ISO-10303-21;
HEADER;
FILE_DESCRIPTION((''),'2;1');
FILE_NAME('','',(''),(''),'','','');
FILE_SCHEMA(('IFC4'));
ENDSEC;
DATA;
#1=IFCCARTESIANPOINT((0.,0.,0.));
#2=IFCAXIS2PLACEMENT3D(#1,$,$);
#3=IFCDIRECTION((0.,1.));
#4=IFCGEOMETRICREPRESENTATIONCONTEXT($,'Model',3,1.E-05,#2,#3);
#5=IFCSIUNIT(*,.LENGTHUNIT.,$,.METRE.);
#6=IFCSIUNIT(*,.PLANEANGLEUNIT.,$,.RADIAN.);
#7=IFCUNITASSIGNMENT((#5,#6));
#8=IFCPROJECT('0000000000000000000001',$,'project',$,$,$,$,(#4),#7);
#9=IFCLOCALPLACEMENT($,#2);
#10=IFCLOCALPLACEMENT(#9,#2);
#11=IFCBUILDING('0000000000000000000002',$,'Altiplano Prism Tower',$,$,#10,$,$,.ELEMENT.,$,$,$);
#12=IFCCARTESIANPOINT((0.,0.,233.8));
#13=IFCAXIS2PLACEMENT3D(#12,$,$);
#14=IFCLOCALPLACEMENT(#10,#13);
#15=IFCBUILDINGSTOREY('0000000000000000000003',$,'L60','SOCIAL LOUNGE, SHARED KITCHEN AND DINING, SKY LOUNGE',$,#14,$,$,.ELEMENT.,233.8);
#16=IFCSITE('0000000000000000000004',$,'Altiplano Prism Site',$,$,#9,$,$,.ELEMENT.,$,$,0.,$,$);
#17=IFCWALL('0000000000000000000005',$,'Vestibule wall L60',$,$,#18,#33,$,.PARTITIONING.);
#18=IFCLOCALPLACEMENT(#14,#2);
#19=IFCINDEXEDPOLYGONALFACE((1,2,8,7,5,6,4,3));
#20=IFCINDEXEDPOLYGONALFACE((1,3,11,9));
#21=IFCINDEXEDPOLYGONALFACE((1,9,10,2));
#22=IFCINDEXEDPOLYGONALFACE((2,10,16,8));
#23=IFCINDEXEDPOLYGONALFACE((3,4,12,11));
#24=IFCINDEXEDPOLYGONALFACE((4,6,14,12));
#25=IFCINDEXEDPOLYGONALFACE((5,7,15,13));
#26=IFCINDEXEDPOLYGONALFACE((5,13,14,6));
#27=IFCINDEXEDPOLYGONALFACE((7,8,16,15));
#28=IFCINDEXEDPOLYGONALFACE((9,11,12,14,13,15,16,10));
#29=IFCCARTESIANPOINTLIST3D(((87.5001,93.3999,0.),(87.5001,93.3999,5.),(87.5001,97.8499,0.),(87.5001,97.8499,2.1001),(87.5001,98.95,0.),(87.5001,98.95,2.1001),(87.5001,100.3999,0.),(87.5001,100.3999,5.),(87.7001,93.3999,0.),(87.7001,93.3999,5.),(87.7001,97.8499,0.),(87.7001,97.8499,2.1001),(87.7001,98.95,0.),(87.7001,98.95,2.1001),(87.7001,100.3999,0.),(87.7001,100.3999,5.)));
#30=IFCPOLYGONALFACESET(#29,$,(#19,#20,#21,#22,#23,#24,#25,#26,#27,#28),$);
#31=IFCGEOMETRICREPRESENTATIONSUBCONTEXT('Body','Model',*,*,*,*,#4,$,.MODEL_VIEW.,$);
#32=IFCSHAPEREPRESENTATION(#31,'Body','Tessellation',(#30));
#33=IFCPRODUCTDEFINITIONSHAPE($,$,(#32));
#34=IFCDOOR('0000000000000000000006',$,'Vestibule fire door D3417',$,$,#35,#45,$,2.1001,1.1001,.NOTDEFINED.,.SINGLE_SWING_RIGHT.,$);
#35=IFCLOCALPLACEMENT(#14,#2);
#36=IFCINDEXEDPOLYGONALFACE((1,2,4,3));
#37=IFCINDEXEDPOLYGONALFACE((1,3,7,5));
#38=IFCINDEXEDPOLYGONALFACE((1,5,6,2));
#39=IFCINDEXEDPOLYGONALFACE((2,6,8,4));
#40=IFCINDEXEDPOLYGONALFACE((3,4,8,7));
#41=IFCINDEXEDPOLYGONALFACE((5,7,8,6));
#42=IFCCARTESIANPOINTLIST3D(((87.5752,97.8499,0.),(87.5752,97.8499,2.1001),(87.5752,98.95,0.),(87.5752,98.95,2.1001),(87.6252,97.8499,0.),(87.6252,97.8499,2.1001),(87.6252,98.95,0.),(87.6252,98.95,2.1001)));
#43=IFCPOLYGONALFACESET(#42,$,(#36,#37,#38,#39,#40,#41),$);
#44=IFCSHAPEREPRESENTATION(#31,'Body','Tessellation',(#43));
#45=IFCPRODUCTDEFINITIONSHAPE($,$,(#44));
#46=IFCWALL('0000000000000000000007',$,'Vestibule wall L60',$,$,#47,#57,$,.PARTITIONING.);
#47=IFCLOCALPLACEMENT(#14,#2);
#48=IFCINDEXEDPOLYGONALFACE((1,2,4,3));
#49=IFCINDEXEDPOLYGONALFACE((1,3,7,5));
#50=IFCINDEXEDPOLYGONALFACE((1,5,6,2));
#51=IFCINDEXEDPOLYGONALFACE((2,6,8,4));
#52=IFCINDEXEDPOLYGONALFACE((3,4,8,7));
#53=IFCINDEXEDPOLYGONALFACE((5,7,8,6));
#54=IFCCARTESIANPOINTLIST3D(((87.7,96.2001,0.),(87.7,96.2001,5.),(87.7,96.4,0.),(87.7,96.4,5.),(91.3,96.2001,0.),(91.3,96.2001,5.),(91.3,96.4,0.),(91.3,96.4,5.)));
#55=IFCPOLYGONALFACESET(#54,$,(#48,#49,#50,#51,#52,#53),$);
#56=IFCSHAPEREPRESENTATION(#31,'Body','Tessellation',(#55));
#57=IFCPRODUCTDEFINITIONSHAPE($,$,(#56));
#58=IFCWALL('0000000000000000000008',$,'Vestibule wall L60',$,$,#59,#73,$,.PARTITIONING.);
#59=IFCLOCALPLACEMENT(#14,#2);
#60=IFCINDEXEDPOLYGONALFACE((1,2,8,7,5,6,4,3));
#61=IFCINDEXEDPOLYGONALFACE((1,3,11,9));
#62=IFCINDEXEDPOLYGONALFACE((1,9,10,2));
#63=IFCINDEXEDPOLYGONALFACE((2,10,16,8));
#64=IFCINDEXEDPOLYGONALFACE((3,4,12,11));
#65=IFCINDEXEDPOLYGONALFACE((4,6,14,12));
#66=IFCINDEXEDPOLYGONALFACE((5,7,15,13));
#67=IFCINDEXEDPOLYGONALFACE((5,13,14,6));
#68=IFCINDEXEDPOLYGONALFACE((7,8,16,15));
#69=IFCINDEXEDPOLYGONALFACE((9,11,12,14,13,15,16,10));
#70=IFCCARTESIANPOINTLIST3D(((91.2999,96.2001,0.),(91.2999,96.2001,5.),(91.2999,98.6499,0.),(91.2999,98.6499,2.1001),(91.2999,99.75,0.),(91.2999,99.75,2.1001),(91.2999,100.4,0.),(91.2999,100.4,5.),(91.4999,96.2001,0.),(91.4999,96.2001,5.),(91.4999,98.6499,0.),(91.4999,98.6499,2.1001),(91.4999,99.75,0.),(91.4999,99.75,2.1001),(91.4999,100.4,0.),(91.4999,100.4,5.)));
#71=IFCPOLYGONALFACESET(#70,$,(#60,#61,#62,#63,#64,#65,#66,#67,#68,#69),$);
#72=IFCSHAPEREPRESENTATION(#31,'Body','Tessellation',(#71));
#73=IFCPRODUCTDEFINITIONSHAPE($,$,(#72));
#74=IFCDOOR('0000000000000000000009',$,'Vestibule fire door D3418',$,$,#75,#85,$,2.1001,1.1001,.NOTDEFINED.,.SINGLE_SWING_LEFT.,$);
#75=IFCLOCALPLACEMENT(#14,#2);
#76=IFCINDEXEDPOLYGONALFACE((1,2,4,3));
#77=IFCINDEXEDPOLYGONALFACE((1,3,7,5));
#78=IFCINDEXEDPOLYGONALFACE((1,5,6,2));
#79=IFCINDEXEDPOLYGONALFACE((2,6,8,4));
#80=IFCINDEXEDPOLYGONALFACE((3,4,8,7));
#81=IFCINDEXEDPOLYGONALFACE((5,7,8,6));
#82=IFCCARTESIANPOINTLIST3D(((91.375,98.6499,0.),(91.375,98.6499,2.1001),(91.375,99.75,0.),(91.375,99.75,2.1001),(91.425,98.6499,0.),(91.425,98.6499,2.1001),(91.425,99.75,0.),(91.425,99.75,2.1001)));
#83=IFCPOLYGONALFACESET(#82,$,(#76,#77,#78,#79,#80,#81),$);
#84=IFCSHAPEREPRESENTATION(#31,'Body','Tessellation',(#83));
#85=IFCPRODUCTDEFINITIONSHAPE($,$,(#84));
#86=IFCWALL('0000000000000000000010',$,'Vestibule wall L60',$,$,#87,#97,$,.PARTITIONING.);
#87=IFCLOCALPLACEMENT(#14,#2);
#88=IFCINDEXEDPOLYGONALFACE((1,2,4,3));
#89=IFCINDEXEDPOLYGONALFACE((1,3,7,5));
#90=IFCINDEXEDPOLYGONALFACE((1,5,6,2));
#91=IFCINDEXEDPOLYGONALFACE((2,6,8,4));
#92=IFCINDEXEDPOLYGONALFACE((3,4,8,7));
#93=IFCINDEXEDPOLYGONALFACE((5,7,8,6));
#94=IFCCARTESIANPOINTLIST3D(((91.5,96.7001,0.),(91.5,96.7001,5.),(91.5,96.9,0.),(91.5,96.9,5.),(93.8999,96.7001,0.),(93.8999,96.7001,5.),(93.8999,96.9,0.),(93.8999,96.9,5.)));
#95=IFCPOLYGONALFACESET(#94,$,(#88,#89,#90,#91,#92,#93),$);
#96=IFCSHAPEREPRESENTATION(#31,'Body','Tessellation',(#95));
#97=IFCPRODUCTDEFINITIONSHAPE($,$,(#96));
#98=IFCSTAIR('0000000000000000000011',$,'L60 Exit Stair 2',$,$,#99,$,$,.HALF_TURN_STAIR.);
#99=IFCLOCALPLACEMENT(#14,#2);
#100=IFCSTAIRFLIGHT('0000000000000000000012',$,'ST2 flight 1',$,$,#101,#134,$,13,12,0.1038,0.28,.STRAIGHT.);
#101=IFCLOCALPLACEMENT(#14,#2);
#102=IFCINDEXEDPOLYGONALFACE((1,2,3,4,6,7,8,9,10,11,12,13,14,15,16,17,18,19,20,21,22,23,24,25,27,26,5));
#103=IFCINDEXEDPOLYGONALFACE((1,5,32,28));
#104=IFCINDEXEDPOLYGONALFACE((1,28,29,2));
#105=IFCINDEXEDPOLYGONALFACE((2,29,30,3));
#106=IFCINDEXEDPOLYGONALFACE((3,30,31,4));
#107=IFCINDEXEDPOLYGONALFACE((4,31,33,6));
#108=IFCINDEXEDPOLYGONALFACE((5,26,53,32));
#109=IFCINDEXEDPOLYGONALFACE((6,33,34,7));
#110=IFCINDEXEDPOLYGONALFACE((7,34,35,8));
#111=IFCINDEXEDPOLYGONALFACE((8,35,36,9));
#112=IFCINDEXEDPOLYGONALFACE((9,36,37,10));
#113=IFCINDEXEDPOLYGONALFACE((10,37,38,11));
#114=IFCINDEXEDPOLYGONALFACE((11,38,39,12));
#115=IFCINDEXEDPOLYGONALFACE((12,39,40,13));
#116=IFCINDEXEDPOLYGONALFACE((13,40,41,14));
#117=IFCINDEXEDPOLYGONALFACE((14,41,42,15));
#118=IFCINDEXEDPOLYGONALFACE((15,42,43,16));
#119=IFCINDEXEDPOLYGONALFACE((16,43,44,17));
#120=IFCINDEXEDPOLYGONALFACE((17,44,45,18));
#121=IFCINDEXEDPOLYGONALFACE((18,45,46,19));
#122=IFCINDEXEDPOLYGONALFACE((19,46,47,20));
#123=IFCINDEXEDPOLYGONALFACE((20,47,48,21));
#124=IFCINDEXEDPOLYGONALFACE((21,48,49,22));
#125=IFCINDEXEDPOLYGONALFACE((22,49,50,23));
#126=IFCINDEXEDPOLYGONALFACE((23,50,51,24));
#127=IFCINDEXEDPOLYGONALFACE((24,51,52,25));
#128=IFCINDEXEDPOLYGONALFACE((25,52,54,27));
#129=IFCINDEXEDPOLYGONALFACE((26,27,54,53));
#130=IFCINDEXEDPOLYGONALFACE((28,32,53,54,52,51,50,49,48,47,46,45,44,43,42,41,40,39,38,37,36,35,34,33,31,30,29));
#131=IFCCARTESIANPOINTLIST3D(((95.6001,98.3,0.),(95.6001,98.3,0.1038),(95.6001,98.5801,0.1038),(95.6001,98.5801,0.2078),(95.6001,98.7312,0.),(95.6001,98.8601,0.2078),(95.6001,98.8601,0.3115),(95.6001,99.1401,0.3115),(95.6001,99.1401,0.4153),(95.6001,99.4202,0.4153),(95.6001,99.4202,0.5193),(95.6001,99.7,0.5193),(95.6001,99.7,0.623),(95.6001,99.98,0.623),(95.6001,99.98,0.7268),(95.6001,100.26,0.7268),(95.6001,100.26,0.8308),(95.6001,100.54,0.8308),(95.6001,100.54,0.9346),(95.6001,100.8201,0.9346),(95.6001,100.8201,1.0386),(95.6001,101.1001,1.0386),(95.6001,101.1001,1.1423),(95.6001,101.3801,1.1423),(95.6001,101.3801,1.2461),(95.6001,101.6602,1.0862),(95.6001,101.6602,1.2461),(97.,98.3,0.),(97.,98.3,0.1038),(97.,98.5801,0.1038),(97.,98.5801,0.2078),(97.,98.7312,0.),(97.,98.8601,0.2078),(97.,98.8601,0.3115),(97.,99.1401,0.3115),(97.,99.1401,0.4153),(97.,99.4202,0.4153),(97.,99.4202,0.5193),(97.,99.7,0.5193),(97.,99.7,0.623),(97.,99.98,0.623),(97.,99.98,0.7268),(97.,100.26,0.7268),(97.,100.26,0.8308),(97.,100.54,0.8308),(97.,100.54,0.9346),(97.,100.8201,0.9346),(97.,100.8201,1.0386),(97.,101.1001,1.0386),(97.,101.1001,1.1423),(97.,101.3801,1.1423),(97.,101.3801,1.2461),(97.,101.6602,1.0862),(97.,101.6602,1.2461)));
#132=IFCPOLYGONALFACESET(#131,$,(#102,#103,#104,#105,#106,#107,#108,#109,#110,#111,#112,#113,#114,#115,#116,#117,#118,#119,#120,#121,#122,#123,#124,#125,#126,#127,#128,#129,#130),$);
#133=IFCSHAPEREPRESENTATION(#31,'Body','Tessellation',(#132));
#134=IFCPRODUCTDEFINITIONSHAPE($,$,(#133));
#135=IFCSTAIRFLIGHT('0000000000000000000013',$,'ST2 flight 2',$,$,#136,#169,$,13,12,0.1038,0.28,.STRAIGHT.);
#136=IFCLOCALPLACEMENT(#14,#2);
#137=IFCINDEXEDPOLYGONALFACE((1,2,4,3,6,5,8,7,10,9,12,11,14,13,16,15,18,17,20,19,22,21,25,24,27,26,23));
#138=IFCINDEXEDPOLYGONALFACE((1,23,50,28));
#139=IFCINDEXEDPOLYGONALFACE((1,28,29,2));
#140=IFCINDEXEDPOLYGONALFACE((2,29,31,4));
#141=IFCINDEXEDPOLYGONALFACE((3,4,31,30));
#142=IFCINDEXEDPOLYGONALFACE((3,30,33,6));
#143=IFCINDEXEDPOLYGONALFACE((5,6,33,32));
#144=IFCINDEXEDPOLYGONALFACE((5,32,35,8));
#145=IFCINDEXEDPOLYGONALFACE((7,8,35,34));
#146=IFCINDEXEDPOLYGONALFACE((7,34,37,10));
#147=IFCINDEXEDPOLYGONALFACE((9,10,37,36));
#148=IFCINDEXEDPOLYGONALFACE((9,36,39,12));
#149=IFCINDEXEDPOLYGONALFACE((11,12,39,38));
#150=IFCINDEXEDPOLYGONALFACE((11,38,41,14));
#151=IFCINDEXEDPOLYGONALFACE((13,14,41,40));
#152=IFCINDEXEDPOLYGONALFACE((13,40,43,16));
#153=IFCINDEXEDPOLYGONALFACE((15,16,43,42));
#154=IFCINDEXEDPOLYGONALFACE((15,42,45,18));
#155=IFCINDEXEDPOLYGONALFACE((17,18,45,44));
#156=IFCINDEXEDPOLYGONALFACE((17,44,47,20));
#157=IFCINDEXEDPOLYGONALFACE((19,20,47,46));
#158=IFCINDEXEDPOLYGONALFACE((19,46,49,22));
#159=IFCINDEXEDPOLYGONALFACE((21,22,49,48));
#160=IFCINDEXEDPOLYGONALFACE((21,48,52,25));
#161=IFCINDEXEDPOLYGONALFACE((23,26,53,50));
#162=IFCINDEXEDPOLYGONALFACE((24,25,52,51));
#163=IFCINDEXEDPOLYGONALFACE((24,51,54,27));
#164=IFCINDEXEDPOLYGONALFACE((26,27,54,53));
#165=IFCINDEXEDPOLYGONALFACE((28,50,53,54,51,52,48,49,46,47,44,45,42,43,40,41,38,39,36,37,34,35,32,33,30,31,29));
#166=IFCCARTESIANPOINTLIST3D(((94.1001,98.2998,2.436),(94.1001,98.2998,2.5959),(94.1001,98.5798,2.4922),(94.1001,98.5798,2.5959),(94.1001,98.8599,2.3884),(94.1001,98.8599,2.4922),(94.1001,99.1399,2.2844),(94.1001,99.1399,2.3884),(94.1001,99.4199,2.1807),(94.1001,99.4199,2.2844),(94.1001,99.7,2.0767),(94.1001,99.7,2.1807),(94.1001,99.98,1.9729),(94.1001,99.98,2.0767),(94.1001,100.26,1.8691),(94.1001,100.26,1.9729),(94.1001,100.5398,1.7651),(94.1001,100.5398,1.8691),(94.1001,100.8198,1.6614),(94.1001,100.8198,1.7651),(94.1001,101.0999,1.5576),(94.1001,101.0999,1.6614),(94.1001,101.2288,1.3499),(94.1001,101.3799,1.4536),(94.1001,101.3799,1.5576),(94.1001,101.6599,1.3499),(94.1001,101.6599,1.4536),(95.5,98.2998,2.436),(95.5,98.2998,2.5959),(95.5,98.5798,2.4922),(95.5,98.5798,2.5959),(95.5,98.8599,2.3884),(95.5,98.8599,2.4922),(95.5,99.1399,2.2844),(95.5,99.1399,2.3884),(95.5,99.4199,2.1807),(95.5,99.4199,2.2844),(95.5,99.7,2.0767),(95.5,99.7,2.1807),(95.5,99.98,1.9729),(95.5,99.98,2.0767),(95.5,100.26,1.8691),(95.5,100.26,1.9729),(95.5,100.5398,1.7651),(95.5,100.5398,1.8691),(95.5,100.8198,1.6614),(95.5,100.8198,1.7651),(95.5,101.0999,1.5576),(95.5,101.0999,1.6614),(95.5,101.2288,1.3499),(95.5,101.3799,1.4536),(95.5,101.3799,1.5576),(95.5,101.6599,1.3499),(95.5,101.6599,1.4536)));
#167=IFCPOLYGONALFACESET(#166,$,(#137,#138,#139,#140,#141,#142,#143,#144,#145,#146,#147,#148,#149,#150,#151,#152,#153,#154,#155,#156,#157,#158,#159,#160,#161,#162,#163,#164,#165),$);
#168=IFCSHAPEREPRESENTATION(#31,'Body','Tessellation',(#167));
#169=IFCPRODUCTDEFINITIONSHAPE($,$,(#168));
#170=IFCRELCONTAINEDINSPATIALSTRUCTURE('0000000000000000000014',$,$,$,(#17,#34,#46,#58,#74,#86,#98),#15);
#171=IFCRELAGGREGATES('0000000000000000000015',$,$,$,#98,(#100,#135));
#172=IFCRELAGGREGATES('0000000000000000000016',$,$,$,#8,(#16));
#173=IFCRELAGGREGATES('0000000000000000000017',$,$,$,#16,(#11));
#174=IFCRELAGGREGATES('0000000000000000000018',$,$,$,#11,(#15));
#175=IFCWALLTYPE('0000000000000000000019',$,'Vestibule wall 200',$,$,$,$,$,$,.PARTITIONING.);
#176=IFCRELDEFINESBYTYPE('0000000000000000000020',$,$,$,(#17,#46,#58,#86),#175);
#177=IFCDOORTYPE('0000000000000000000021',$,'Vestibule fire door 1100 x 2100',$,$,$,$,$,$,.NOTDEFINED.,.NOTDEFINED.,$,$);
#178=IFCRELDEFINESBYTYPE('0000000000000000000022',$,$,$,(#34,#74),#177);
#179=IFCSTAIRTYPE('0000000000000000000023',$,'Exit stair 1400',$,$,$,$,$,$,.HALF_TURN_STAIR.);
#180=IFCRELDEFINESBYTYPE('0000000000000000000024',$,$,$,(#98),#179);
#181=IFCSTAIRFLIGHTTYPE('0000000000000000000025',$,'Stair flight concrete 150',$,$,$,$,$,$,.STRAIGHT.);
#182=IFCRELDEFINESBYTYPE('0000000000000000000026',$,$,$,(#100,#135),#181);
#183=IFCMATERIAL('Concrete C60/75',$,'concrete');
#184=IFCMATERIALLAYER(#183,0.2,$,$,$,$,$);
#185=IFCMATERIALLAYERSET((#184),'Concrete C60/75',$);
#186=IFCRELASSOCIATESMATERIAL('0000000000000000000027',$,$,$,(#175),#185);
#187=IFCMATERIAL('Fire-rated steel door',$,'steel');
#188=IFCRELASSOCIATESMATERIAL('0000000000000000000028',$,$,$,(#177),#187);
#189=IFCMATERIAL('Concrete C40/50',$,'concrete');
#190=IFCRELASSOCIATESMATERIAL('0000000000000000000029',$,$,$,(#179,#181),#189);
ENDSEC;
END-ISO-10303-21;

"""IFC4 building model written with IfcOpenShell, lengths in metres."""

from ifc_helpers import new_model, si_unit, direction, frame, frame_2d, origin, place, context, subcontext, project, spatial, polyline, rectangle, outline, extrude, material, layer, layer_set, type_object, element, fill, aggregate, save


model = new_model("IFC4")

# Units and contexts
model_context = context("Model", 3, precision=1e-05, world=origin(), true_north=direction((0.0, 1.0)))
body_context = subcontext(model_context, "Body", "Model", "MODEL_VIEW")
ifc_project = project(units=[si_unit("LENGTHUNIT", "METRE"), si_unit("PLANEANGLEUNIT", "RADIAN")], contexts=[model_context])

# Site, building, storey
site_placement = place(None, origin())
site = spatial("IfcSite", under=ifc_project, at=site_placement, Name="Altiplano Prism Site", CompositionType="ELEMENT", RefElevation=0.0)
building_placement = place(site_placement, origin())
building = spatial("IfcBuilding", under=site, at=building_placement, Name="Altiplano Prism Tower", CompositionType="ELEMENT")
storey_placement = place(building_placement, frame((0.0, 0.0, 233.8)))
storey = spatial("IfcBuildingStorey", under=building, at=storey_placement, Name="L60", Description="SOCIAL LOUNGE, SHARED KITCHEN AND DINING, SKY LOUNGE", CompositionType="ELEMENT", Elevation=233.8)

# Shared definitions
ifc_material_1 = material(Name="Concrete C60/75", Category="concrete")

# Shared definitions
ifc_material_2 = material(Name="Fire-rated steel door", Category="steel")

# Wall, opening, door
ifc_layer_1 = layer(ifc_material_1, 0.2)
ifc_layer_set_1 = layer_set([ifc_layer_1], Name="Concrete C60/75")
wall_type_1 = type_object("IfcWallType", Name="Vestibule wall 200", PredefinedType="PARTITIONING", material=ifc_layer_set_1)
wall_1_placement = place(storey_placement, frame((87.6001, 93.3999, 0.0), z_axis=(0.0, 0.0, 1.0), x_axis=(0.0, 1.0, 0.0)))
wall_1 = element("IfcWall", 1, at=wall_1_placement, inside=storey, type_object=wall_type_1, Name="Vestibule wall L60", PredefinedType="PARTITIONING", context=body_context, shape_type="SweptSolid", body=[
    extrude(rectangle(XDim=7.0, YDim=0.2, at=frame_2d((3.5, 0.0))), origin(), (0.0, 0.0, 1.0), 5.0),
])
opening_1_placement = place(wall_1_placement, frame((4.45, 0.0, 0.0)))
opening_1 = element("IfcOpeningElement", 2, at=opening_1_placement, cuts=wall_1, PredefinedType="OPENING", context=body_context, shape_type="SweptSolid", body=[
    extrude(rectangle(XDim=1.1001, YDim=2.1001, at=frame_2d((0.55, 1.05))), frame((0.0, 0.1104, 0.0), z_axis=(0.0, -1.0, 0.0), x_axis=(1.0, 0.0, 0.0)), (0.0, 0.0, 1.0), 0.2209),
])
door_type_1 = type_object("IfcDoorType", Name="Vestibule fire door 1100 x 2100", OperationType="NOTDEFINED", PredefinedType="NOTDEFINED", material=ifc_material_2)
door_1_placement = place(opening_1_placement, origin())
door_1 = element("IfcDoor", 3, at=door_1_placement, inside=storey, type_object=door_type_1, Name="Vestibule fire door D3417", OperationType="SINGLE_SWING_RIGHT", OverallHeight=2.1001, OverallWidth=1.1001, PredefinedType="NOTDEFINED", context=body_context, shape_type="SweptSolid", body=[
    extrude(rectangle(XDim=1.1001, YDim=2.1001, at=frame_2d((0.55, 1.05))), frame((0.0, 0.0249, 0.0), z_axis=(0.0, -1.0, 0.0), x_axis=(1.0, 0.0, 0.0)), (0.0, 0.0, 1.0), 0.05),
])
fill(opening_1, door_1)

# Wall
wall_2_placement = place(storey_placement, frame((87.7, 96.3, 0.0), z_axis=(0.0, 0.0, 1.0), x_axis=(1.0, 0.0, 0.0)))
element("IfcWall", 4, at=wall_2_placement, inside=storey, type_object=wall_type_1, Name="Vestibule wall L60", PredefinedType="PARTITIONING", context=body_context, shape_type="SweptSolid", body=[
    extrude(rectangle(XDim=3.6001, YDim=0.2, at=frame_2d((1.8, 0.0))), origin(), (0.0, 0.0, 1.0), 5.0),
])

# Wall, opening, door
wall_3_placement = place(storey_placement, frame((91.3999, 96.2, 0.0), z_axis=(0.0, 0.0, 1.0), x_axis=(0.0, 1.0, 0.0)))
wall_3 = element("IfcWall", 5, at=wall_3_placement, inside=storey, type_object=wall_type_1, Name="Vestibule wall L60", PredefinedType="PARTITIONING", context=body_context, shape_type="SweptSolid", body=[
    extrude(rectangle(XDim=4.2, YDim=0.2, at=frame_2d((2.1001, 0.0))), origin(), (0.0, 0.0, 1.0), 5.0),
])
opening_2_placement = place(wall_3_placement, frame((2.45, 0.0, 0.0)))
opening_2 = element("IfcOpeningElement", 6, at=opening_2_placement, cuts=wall_3, PredefinedType="OPENING", context=body_context, shape_type="SweptSolid", body=[
    extrude(rectangle(XDim=1.1001, YDim=2.1001, at=frame_2d((0.55, 1.05))), frame((0.0, 0.1104, 0.0), z_axis=(0.0, -1.0, 0.0), x_axis=(1.0, 0.0, 0.0)), (0.0, 0.0, 1.0), 0.2209),
])
door_2_placement = place(opening_2_placement, origin())
door_2 = element("IfcDoor", 7, at=door_2_placement, inside=storey, type_object=door_type_1, Name="Vestibule fire door D3418", OperationType="SINGLE_SWING_LEFT", OverallHeight=2.1001, OverallWidth=1.1001, PredefinedType="NOTDEFINED", context=body_context, shape_type="SweptSolid", body=[
    extrude(rectangle(XDim=1.1001, YDim=2.1001, at=frame_2d((0.55, 1.05))), frame((0.0, 0.0249, 0.0), z_axis=(0.0, -1.0, 0.0), x_axis=(1.0, 0.0, 0.0)), (0.0, 0.0, 1.0), 0.05),
])
fill(opening_2, door_2)

# Wall
wall_4_placement = place(storey_placement, frame((91.5, 96.8, 0.0), z_axis=(0.0, 0.0, 1.0), x_axis=(1.0, 0.0, 0.0)))
element("IfcWall", 8, at=wall_4_placement, inside=storey, type_object=wall_type_1, Name="Vestibule wall L60", PredefinedType="PARTITIONING", context=body_context, shape_type="SweptSolid", body=[
    extrude(rectangle(XDim=2.3999, YDim=0.2, at=frame_2d((1.2, 0.0))), origin(), (0.0, 0.0, 1.0), 5.0),
])

# Stair, stair flights
ifc_material_3 = material(Name="Concrete C40/50", Category="concrete")
stair_type = type_object("IfcStairType", Name="Exit stair 1400", PredefinedType="HALF_TURN_STAIR", material=ifc_material_3)
stair_placement = place(storey_placement, origin())
stair = element("IfcStair", 9, at=stair_placement, inside=storey, type_object=stair_type, Name="L60 Exit Stair 2", PredefinedType="HALF_TURN_STAIR")
stair_flight_type = type_object("IfcStairFlightType", Name="Stair flight concrete 150", PredefinedType="STRAIGHT", material=ifc_material_3)
stair_flight_1_placement = place(storey_placement, frame((96.3, 98.3, 0.0), z_axis=(0.0, 0.0, 1.0), x_axis=(0.0, 1.0, 0.0)))
stair_flight_1 = element("IfcStairFlight", 10, at=stair_flight_1_placement, type_object=stair_flight_type, Name="ST2 flight 1", NumberOfRisers=13, NumberOfTreads=12, PredefinedType="STRAIGHT", RiserHeight=0.1038, TreadLength=0.28, context=body_context, shape_type="SweptSolid", body=[
    extrude(outline(polyline([(0.0, 0.0), (0.0, 0.1038), (0.28, 0.1038), (0.28, 0.2078), (0.5601, 0.2078), (0.5601, 0.3115), (0.8401, 0.3115), (0.8401, 0.4153), (1.1201, 0.4153), (1.1201, 0.5193), (1.3999, 0.5193), (1.3999, 0.623), (1.6799, 0.623), (1.6799, 0.7268), (1.96, 0.7268), (1.96, 0.8308), (2.24, 0.8308), (2.24, 0.9346), (2.52, 0.9346), (2.52, 1.0386), (2.8, 1.0386), (2.8, 1.1423), (3.0801, 1.1423), (3.0801, 1.2461), (3.3601, 1.2461), (3.3601, 1.3501), (3.3601, 1.0862), (0.4312, 0.0), (0.0, 0.0)])), frame((0.0, 0.7, 0.0), z_axis=(0.0, -1.0, 0.0), x_axis=(1.0, 0.0, 0.0)), (0.0, 0.0, 1.0), 1.3999),
])
stair_flight_2_placement = place(storey_placement, frame((94.8, 101.6599, 1.3499), z_axis=(0.0, 0.0, 1.0), x_axis=(0.0, -1.0, 0.0)))
stair_flight_2 = element("IfcStairFlight", 11, at=stair_flight_2_placement, type_object=stair_flight_type, Name="ST2 flight 2", NumberOfRisers=13, NumberOfTreads=12, PredefinedType="STRAIGHT", RiserHeight=0.1038, TreadLength=0.28, context=body_context, shape_type="SweptSolid", body=[
    extrude(outline(polyline([(0.0, 0.0), (0.0, 0.1038), (0.28, 0.1038), (0.28, 0.2078), (0.5601, 0.2078), (0.5601, 0.3115), (0.8401, 0.3115), (0.8401, 0.4153), (1.1201, 0.4153), (1.1201, 0.5193), (1.3999, 0.5193), (1.3999, 0.623), (1.6799, 0.623), (1.6799, 0.7268), (1.96, 0.7268), (1.96, 0.8308), (2.24, 0.8308), (2.24, 0.9346), (2.52, 0.9346), (2.52, 1.0386), (2.8, 1.0386), (2.8, 1.1423), (3.0801, 1.1423), (3.0801, 1.2461), (3.3601, 1.2461), (3.3601, 1.3501), (3.3601, 1.0862), (0.4312, 0.0), (0.0, 0.0)])), frame((0.0, 0.7, 0.0), z_axis=(0.0, -1.0, 0.0), x_axis=(1.0, 0.0, 0.0)), (0.0, 0.0, 1.0), 1.3999),
])
aggregate(stair, [stair_flight_1, stair_flight_2])

save(model, "model.ifc")
